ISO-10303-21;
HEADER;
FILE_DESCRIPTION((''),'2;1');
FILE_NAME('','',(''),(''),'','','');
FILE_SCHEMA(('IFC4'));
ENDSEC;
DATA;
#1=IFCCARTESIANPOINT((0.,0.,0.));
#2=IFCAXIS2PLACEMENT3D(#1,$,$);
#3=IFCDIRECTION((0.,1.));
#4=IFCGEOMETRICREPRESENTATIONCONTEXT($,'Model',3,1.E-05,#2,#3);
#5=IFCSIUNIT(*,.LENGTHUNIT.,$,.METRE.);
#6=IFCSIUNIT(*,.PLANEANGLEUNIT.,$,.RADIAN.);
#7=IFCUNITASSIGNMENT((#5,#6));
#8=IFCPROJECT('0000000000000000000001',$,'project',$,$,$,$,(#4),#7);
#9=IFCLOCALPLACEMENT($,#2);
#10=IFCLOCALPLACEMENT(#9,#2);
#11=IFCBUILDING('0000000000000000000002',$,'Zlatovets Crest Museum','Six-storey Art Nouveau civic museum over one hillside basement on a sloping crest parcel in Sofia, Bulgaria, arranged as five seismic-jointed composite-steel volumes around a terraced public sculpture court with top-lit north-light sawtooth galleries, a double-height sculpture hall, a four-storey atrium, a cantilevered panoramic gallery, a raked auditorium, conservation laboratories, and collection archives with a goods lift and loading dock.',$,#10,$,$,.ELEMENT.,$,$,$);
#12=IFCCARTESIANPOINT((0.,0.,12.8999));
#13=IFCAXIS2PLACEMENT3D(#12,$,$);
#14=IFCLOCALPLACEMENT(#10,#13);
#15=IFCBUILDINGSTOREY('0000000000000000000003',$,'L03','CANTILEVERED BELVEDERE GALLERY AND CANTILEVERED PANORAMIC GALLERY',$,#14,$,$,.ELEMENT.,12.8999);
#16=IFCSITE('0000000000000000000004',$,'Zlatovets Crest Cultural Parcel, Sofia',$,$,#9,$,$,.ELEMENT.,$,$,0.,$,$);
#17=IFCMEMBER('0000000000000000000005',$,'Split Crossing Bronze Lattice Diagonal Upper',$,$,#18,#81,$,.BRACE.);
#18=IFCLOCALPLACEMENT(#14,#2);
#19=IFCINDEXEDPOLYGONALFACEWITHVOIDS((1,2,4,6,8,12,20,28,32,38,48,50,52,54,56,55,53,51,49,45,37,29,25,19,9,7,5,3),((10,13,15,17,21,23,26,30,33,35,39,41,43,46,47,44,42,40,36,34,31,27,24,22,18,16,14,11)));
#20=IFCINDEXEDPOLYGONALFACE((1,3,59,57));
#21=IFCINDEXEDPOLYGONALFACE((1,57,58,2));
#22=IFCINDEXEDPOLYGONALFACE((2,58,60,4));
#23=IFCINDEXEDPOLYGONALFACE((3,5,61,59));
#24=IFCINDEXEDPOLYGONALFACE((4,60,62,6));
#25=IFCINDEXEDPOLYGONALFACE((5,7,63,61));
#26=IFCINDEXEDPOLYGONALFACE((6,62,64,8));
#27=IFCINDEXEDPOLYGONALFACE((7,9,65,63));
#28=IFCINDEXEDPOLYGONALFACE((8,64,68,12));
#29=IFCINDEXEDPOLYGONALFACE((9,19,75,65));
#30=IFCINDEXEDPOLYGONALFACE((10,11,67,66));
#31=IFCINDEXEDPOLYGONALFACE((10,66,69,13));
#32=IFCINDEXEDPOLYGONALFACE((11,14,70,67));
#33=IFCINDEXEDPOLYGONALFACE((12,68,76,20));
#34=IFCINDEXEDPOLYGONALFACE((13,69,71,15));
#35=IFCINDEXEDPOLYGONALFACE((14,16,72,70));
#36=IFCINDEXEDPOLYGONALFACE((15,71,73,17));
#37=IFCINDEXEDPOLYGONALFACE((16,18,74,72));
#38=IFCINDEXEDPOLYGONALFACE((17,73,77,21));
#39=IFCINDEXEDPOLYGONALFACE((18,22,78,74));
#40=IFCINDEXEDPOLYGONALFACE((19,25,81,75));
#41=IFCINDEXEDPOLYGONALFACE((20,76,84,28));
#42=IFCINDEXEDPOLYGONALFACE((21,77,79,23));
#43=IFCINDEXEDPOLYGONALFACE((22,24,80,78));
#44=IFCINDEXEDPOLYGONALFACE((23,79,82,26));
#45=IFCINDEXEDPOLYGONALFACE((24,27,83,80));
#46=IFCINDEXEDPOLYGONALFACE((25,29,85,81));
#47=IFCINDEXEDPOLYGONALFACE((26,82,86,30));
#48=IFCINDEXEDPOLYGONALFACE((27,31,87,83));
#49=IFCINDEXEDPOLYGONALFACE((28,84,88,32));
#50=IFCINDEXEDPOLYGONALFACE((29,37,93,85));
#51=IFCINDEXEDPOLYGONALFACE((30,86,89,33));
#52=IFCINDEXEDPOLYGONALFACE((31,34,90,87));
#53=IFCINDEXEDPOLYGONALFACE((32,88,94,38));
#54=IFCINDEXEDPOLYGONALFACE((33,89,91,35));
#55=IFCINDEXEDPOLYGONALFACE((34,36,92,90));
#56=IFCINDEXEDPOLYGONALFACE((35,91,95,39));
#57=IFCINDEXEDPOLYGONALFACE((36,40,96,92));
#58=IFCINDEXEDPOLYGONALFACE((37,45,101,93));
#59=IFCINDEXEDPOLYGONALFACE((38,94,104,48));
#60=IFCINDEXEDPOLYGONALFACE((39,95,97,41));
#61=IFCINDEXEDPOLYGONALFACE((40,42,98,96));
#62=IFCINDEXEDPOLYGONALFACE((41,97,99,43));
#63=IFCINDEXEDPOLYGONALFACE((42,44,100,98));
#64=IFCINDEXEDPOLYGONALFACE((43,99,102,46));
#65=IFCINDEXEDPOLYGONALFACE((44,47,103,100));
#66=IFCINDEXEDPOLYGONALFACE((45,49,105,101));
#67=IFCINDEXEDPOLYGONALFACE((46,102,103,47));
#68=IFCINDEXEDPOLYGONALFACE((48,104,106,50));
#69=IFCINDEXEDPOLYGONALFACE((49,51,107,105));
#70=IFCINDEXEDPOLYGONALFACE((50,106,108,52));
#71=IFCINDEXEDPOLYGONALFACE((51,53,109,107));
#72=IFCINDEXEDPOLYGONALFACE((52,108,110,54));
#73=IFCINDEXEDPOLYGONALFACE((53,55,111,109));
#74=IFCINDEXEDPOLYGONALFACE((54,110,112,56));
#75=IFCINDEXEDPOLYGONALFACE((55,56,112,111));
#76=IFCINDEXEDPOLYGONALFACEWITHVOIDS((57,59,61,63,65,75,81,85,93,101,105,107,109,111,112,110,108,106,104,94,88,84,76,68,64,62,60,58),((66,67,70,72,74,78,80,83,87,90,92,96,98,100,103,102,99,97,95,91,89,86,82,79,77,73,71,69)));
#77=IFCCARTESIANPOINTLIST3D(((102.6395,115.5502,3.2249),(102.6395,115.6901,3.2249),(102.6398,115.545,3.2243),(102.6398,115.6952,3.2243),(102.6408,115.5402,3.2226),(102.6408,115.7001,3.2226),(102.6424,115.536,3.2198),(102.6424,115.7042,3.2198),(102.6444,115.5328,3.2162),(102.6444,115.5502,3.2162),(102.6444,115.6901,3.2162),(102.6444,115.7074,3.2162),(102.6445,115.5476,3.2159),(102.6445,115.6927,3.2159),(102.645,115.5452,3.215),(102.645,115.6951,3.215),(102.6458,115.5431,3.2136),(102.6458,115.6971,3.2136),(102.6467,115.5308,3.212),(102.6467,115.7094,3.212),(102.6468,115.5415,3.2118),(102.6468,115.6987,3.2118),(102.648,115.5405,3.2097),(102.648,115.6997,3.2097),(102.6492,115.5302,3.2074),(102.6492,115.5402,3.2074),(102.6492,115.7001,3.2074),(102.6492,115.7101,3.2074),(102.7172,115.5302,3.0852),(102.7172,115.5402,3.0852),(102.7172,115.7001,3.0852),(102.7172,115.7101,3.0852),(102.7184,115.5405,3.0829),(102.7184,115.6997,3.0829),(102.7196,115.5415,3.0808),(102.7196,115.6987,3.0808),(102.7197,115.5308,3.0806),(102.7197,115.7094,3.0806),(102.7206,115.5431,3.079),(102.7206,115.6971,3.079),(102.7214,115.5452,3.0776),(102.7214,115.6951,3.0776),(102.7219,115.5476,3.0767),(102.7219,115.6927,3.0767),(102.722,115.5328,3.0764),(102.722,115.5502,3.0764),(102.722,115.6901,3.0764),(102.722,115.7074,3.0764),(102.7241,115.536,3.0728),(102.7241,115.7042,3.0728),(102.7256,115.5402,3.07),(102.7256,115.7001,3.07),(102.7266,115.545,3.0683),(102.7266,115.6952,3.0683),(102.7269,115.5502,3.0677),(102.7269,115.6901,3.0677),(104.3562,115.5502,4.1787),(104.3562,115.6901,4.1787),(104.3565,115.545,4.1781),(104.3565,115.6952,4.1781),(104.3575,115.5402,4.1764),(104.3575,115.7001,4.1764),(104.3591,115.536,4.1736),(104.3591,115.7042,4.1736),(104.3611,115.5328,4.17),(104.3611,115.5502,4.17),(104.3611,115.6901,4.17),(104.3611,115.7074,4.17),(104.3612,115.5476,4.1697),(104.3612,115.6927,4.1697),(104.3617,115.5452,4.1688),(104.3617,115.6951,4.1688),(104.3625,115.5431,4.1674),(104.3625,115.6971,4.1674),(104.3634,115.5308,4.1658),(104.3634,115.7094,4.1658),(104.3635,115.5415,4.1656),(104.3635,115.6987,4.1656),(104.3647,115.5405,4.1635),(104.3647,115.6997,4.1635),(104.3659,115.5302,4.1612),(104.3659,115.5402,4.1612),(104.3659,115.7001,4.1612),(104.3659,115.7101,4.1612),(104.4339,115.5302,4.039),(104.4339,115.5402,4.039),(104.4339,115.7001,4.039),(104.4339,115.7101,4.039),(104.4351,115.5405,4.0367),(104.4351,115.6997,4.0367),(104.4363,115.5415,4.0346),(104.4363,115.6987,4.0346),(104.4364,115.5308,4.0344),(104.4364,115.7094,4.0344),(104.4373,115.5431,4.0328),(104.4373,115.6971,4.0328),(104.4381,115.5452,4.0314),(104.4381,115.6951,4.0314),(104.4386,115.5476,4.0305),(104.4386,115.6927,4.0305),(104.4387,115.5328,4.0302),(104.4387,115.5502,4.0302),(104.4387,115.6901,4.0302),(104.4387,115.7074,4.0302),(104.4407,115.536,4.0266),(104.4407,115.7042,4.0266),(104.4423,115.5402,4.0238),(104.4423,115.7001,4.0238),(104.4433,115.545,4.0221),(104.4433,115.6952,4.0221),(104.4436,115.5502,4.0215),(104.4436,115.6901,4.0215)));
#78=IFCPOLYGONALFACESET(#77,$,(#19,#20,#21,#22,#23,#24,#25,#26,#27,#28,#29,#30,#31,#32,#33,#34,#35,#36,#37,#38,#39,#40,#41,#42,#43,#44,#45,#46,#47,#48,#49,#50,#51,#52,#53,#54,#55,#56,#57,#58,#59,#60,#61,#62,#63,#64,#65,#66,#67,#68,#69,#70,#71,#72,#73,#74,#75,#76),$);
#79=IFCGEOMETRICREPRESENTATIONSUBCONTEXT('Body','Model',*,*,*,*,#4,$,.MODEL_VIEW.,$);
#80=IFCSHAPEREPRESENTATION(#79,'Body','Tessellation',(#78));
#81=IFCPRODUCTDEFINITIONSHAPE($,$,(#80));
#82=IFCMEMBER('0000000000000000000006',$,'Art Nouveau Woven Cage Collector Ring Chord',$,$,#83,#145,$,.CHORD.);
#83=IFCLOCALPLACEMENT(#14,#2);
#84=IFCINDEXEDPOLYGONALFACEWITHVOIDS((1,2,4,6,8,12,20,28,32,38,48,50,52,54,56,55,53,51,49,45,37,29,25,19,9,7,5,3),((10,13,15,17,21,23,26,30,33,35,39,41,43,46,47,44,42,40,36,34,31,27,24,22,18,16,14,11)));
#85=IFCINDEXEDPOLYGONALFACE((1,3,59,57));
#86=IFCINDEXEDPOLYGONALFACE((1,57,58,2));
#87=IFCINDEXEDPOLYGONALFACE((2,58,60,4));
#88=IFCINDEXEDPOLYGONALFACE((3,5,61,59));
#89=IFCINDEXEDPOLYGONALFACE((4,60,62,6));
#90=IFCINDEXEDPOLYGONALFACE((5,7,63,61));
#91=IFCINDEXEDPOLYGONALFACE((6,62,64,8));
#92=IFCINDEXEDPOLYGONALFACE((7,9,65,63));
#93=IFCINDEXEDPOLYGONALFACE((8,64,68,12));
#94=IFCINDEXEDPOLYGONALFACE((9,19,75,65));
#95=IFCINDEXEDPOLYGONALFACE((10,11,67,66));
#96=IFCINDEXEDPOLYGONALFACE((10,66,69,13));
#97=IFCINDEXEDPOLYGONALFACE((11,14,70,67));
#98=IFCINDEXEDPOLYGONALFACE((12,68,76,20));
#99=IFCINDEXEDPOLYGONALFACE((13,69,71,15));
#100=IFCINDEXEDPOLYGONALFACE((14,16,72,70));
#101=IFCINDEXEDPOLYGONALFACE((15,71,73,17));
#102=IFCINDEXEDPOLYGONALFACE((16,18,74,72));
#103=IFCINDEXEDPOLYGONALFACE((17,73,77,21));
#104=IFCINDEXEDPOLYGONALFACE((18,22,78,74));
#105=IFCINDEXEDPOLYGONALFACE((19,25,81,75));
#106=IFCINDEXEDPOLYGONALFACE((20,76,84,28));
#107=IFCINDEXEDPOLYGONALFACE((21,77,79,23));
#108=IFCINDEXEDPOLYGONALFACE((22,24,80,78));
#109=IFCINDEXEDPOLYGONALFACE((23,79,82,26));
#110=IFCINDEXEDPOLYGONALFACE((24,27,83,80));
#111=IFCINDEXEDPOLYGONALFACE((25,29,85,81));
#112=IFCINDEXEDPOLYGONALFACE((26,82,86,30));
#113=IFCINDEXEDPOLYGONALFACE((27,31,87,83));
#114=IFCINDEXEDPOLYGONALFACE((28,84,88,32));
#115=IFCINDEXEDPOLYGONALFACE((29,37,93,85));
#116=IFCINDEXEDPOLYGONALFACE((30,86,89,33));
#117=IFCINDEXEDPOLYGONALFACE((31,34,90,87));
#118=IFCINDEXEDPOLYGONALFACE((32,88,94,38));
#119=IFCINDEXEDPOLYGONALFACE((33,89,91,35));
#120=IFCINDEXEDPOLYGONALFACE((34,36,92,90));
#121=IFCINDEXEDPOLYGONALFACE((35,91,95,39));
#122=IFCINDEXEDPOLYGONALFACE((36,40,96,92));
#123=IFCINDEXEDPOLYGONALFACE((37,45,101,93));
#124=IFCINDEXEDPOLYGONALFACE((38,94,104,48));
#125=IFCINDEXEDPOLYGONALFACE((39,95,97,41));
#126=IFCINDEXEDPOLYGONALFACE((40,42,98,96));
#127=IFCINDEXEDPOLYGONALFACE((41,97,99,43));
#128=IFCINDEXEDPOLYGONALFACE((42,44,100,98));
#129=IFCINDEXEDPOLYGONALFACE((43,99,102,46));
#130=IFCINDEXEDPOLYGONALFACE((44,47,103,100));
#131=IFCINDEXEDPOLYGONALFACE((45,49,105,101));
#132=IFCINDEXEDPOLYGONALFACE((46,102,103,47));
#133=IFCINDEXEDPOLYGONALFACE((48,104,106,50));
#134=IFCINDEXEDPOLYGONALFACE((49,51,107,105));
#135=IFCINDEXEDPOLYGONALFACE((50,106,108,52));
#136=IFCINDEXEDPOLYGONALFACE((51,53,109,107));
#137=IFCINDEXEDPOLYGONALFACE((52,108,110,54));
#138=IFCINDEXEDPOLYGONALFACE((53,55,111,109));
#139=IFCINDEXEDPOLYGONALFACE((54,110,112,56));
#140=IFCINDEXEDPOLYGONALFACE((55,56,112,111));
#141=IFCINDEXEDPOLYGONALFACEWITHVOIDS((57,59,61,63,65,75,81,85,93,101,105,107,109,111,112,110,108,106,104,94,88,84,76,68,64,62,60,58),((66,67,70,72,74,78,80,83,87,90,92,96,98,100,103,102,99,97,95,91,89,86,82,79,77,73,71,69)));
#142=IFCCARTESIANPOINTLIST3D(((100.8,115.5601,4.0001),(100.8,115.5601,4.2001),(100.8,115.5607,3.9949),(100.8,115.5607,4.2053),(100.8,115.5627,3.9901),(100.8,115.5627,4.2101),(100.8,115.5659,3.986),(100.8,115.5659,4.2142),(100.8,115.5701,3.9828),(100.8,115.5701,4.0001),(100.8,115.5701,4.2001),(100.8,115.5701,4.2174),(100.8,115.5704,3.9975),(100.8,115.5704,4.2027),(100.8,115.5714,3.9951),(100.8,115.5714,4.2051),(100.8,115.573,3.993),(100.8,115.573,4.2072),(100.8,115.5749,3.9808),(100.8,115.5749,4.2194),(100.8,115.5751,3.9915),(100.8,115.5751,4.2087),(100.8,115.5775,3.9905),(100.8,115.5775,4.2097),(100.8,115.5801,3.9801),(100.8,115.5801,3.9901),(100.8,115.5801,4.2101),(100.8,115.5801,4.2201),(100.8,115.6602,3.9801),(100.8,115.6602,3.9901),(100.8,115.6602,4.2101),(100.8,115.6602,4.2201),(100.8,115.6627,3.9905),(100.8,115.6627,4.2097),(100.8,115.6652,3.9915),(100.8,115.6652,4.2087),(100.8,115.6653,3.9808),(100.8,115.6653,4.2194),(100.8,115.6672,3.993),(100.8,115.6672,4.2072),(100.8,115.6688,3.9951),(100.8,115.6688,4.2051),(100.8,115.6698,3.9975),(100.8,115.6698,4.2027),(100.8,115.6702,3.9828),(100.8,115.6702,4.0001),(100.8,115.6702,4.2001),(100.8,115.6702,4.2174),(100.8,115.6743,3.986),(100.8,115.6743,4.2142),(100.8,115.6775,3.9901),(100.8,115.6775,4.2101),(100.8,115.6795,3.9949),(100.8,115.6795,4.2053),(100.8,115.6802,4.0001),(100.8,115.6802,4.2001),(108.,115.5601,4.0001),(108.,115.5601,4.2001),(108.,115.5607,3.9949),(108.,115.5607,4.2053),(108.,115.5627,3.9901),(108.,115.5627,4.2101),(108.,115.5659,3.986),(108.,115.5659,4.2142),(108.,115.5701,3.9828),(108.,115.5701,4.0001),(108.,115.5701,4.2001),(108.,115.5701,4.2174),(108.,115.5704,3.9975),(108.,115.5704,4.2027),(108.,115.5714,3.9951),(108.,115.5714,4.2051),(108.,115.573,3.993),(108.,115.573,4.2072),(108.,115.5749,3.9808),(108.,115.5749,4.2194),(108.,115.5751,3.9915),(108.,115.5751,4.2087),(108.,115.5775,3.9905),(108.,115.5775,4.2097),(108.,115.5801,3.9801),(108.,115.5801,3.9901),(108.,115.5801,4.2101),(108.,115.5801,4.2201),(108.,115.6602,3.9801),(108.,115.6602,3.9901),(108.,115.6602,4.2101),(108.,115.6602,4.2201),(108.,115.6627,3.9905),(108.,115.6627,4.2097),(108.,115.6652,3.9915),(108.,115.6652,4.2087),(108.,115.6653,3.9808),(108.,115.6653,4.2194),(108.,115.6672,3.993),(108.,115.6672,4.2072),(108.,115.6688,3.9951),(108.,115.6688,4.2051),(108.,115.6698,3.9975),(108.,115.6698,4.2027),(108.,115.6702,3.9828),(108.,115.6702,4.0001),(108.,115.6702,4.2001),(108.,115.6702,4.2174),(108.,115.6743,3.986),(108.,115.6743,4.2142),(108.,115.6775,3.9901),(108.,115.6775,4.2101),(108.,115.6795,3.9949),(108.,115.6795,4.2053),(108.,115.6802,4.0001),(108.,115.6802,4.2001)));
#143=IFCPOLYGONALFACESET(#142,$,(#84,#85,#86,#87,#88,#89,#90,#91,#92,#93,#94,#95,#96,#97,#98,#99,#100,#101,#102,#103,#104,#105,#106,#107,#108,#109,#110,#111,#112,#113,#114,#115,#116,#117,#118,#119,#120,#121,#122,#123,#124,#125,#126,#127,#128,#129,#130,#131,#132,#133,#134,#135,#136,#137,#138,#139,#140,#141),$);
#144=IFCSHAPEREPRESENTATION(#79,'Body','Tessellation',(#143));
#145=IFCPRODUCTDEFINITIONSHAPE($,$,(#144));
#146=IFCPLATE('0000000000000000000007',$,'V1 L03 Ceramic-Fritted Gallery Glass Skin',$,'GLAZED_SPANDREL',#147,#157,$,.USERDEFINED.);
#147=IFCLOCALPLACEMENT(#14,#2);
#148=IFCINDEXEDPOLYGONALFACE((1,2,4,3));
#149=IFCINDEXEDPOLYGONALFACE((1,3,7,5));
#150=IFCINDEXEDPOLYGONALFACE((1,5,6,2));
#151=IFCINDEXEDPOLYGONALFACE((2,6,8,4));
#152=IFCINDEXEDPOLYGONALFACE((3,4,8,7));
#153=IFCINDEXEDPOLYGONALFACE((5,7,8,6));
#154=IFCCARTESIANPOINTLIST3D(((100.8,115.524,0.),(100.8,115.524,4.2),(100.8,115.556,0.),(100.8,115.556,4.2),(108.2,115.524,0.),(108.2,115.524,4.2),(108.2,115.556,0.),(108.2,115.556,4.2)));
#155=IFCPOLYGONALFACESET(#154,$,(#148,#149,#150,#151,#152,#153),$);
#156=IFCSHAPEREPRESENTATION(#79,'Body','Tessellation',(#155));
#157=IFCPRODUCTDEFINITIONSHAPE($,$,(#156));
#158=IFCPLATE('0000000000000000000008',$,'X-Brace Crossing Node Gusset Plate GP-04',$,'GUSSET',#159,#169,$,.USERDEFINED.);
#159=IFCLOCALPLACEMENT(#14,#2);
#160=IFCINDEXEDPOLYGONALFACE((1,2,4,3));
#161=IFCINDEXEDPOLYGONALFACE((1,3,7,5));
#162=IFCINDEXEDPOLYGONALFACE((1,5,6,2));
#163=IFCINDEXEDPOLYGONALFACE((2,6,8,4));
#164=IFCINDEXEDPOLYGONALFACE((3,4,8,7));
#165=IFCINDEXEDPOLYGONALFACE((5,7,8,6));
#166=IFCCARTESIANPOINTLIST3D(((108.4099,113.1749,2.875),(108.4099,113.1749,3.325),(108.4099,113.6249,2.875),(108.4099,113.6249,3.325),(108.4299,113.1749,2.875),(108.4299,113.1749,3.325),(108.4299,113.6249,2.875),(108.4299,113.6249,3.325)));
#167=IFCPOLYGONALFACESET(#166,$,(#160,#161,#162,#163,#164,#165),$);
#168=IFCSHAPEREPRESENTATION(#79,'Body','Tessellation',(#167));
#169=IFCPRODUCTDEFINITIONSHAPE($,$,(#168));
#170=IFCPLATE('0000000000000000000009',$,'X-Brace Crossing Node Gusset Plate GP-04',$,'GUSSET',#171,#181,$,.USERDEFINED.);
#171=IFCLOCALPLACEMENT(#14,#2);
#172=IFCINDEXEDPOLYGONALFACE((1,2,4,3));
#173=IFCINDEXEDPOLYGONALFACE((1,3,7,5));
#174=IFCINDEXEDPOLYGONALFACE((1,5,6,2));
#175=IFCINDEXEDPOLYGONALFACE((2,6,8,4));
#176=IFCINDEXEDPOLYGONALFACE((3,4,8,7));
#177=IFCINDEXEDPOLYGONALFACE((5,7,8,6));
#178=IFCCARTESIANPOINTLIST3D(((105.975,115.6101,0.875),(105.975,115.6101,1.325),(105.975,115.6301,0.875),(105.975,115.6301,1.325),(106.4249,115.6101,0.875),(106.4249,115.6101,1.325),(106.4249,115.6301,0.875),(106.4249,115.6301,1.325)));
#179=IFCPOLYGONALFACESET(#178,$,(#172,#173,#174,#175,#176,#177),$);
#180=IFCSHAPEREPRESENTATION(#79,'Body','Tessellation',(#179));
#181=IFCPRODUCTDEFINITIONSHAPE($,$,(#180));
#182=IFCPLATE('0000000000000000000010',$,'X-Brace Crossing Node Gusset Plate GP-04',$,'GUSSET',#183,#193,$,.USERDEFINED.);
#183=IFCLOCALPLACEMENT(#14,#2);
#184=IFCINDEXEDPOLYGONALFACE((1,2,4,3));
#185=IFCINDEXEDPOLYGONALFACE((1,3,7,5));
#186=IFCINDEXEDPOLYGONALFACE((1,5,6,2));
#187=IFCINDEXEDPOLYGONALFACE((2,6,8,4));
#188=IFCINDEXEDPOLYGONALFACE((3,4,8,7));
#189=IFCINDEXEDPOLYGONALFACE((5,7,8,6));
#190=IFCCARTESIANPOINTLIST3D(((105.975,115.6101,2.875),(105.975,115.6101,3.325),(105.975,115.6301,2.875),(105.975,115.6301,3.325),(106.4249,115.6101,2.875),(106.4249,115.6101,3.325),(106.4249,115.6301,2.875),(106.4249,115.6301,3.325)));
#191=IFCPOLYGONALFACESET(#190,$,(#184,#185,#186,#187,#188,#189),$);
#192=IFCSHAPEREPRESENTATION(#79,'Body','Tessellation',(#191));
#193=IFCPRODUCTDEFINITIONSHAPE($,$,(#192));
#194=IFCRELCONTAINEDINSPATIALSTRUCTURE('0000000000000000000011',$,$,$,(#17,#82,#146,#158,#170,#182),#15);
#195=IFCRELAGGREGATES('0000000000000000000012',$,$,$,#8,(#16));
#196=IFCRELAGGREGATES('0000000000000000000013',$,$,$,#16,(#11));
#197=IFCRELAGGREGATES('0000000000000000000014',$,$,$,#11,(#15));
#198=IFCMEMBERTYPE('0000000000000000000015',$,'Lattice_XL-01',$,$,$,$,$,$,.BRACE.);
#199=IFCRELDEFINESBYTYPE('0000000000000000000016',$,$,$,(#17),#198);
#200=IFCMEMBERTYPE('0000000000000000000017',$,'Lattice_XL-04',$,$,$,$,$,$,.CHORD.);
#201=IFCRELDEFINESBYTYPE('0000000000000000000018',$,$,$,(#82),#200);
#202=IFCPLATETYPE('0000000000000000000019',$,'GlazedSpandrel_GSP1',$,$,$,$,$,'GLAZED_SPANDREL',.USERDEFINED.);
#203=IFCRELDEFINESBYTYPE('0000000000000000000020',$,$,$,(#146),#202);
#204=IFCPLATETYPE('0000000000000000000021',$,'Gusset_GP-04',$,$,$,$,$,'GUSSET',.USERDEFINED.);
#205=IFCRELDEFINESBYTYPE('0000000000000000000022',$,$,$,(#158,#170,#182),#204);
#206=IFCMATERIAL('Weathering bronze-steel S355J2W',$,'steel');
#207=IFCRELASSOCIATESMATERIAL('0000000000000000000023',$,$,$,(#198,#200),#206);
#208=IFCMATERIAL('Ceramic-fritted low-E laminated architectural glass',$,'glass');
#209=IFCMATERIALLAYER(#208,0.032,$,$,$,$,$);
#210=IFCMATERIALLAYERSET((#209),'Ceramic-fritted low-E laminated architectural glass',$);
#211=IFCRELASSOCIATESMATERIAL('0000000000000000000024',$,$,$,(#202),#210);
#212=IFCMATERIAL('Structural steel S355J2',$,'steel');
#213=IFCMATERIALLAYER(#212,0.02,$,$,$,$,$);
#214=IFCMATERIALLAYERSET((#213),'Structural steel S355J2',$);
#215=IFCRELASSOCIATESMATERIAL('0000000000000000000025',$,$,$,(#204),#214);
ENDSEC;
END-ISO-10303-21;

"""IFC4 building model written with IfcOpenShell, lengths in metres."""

from ifc_helpers import new_model, si_unit, direction, frame, origin, origin_2d, place, context, subcontext, project, spatial, rectangle, hollow_rectangle, extrude, material, layer, layer_set, material_profile, profile_set, type_object, element, save


model = new_model("IFC4")

# Units and contexts
model_context = context("Model", 3, precision=1e-05, world=origin(), true_north=direction((0.0, 1.0)))
body_context = subcontext(model_context, "Body", "Model", "MODEL_VIEW")
ifc_project = project(units=[si_unit("LENGTHUNIT", "METRE"), si_unit("PLANEANGLEUNIT", "RADIAN")], contexts=[model_context])

# Site, building, storey
site_placement = place(None, origin())
site = spatial("IfcSite", under=ifc_project, at=site_placement, Name="Zlatovets Crest Cultural Parcel, Sofia", CompositionType="ELEMENT", RefElevation=0.0)
building_placement = place(site_placement, origin())
building = spatial("IfcBuilding", under=site, at=building_placement, Name="Zlatovets Crest Museum", Description="Six-storey Art Nouveau civic museum over one hillside basement on a sloping crest parcel in Sofia, Bulgaria, arranged as five seismic-jointed composite-steel volumes around a terraced public sculpture court with top-lit north-light sawtooth galleries, a double-height sculpture hall, a four-storey atrium, a cantilevered panoramic gallery, a raked auditorium, conservation laboratories, and collection archives with a goods lift and loading dock.", CompositionType="ELEMENT")
storey_placement = place(building_placement, frame((0.0, 0.0, 12.8999)))
storey = spatial("IfcBuildingStorey", under=building, at=storey_placement, Name="L03", Description="CANTILEVERED BELVEDERE GALLERY AND CANTILEVERED PANORAMIC GALLERY", CompositionType="ELEMENT", Elevation=12.8999)

# Shared definitions
ifc_material_1 = material(Name="Structural steel S355J2", Category="steel")

# Members
ifc_material_2 = material(Name="Weathering bronze-steel S355J2W", Category="steel")
ifc_material_profile_1 = material_profile(ifc_material_2, hollow_rectangle(XDim=0.1799, YDim=0.1799, WallThickness=0.01, InnerFilletRadius=0.01, OuterFilletRadius=0.02, at=origin_2d()), Name="SHS 180x180x10.0")
ifc_profile_set_1 = profile_set([ifc_material_profile_1], Name="Weathering bronze-steel S355J2W")
member_type_1 = type_object("IfcMemberType", Name="Lattice_XL-01", PredefinedType="BRACE", material=ifc_profile_set_1)
member_1_placement = place(storey_placement, frame((104.3999, 115.6201, 4.1001), z_axis=(-0.87414, 0.0, -0.485675), x_axis=(0.0, -1.0, 0.0)))
element("IfcMember", 1, at=member_1_placement, inside=storey, type_object=member_type_1, Name="Split Crossing Bronze Lattice Diagonal Upper", PredefinedType="BRACE", context=body_context, shape_type="SweptSolid", body=[
    extrude(hollow_rectangle(XDim=0.1799, YDim=0.1799, WallThickness=0.01, InnerFilletRadius=0.01, OuterFilletRadius=0.02, at=origin_2d()), origin(), (0.0, 0.0, 1.0), 1.9639),
])
ifc_material_profile_2 = material_profile(ifc_material_2, hollow_rectangle(XDim=0.1201, YDim=0.24, WallThickness=0.01, InnerFilletRadius=0.01, OuterFilletRadius=0.02, at=origin_2d()), Name="RHS 120x240x10.0")
ifc_profile_set_2 = profile_set([ifc_material_profile_2], Name="Weathering bronze-steel S355J2W")
member_type_2 = type_object("IfcMemberType", Name="Lattice_XL-04", PredefinedType="CHORD", material=ifc_profile_set_2)
member_2_placement = place(storey_placement, frame((108.0, 115.6201, 4.1001), z_axis=(-1.0, 0.0, 0.0), x_axis=(0.0, -1.0, 0.0)))
element("IfcMember", 2, at=member_2_placement, inside=storey, type_object=member_type_2, Name="Art Nouveau Woven Cage Collector Ring Chord", PredefinedType="CHORD", context=body_context, shape_type="SweptSolid", body=[
    extrude(hollow_rectangle(XDim=0.1201, YDim=0.24, WallThickness=0.01, InnerFilletRadius=0.01, OuterFilletRadius=0.02, at=origin_2d()), origin(), (0.0, 0.0, 1.0), 7.2),
])

# Plates
ifc_material_3 = material(Name="Ceramic-fritted low-E laminated architectural glass", Category="glass")
ifc_layer_1 = layer(ifc_material_3, 0.032)
ifc_layer_set_1 = layer_set([ifc_layer_1], Name="Ceramic-fritted low-E laminated architectural glass")
plate_type_1 = type_object("IfcPlateType", Name="GlazedSpandrel_GSP1", ElementType="GLAZED_SPANDREL", PredefinedType="USERDEFINED", material=ifc_layer_set_1)
plate_1_placement = place(storey_placement, frame((104.5, 115.54, 0.0), z_axis=(0.0, 0.0, 1.0), x_axis=(1.0, 0.0, 0.0)))
element("IfcPlate", 3, at=plate_1_placement, inside=storey, type_object=plate_type_1, Name="V1 L03 Ceramic-Fritted Gallery Glass Skin", ObjectType="GLAZED_SPANDREL", PredefinedType="USERDEFINED", context=body_context, shape_type="SweptSolid", body=[
    extrude(rectangle(XDim=7.3999, YDim=0.032, at=origin_2d()), origin(), (0.0, 0.0, 1.0), 4.2),
])
ifc_layer_2 = layer(ifc_material_1, 0.02)
ifc_layer_set_2 = layer_set([ifc_layer_2], Name="Structural steel S355J2")
plate_type_2 = type_object("IfcPlateType", Name="Gusset_GP-04", ElementType="GUSSET", PredefinedType="USERDEFINED", material=ifc_layer_set_2)
plate_2_placement = place(storey_placement, frame((108.4199, 113.3999, 2.875), z_axis=(0.0, 0.0, 1.0), x_axis=(1.0, 0.0, 0.0)))
element("IfcPlate", 4, at=plate_2_placement, inside=storey, type_object=plate_type_2, Name="X-Brace Crossing Node Gusset Plate GP-04", ObjectType="GUSSET", PredefinedType="USERDEFINED", context=body_context, shape_type="SweptSolid", body=[
    extrude(rectangle(XDim=0.02, YDim=0.45, at=origin_2d()), origin(), (0.0, 0.0, 1.0), 0.45),
])
for number, where, z_axis, x_axis, name in (
    (5, (106.2, 115.6201, 0.875), (0.0, 0.0, 1.0), (1.0, 0.0, 0.0), "X-Brace Crossing Node Gusset Plate GP-04"),
    (6, (106.2, 115.6201, 2.875), (0.0, 0.0, 1.0), (1.0, 0.0, 0.0), "X-Brace Crossing Node Gusset Plate GP-04"),
):
    element("IfcPlate", number, at=place(storey_placement, frame(where, z_axis=z_axis, x_axis=x_axis)), inside=storey, type_object=plate_type_2, Name=name, ObjectType="GUSSET", PredefinedType="USERDEFINED", context=body_context, shape_type="SweptSolid", body=[
        extrude(rectangle(XDim=0.45, YDim=0.02, at=origin_2d()), origin(), (0.0, 0.0, 1.0), 0.45),
    ])

save(model, "model.ifc")
